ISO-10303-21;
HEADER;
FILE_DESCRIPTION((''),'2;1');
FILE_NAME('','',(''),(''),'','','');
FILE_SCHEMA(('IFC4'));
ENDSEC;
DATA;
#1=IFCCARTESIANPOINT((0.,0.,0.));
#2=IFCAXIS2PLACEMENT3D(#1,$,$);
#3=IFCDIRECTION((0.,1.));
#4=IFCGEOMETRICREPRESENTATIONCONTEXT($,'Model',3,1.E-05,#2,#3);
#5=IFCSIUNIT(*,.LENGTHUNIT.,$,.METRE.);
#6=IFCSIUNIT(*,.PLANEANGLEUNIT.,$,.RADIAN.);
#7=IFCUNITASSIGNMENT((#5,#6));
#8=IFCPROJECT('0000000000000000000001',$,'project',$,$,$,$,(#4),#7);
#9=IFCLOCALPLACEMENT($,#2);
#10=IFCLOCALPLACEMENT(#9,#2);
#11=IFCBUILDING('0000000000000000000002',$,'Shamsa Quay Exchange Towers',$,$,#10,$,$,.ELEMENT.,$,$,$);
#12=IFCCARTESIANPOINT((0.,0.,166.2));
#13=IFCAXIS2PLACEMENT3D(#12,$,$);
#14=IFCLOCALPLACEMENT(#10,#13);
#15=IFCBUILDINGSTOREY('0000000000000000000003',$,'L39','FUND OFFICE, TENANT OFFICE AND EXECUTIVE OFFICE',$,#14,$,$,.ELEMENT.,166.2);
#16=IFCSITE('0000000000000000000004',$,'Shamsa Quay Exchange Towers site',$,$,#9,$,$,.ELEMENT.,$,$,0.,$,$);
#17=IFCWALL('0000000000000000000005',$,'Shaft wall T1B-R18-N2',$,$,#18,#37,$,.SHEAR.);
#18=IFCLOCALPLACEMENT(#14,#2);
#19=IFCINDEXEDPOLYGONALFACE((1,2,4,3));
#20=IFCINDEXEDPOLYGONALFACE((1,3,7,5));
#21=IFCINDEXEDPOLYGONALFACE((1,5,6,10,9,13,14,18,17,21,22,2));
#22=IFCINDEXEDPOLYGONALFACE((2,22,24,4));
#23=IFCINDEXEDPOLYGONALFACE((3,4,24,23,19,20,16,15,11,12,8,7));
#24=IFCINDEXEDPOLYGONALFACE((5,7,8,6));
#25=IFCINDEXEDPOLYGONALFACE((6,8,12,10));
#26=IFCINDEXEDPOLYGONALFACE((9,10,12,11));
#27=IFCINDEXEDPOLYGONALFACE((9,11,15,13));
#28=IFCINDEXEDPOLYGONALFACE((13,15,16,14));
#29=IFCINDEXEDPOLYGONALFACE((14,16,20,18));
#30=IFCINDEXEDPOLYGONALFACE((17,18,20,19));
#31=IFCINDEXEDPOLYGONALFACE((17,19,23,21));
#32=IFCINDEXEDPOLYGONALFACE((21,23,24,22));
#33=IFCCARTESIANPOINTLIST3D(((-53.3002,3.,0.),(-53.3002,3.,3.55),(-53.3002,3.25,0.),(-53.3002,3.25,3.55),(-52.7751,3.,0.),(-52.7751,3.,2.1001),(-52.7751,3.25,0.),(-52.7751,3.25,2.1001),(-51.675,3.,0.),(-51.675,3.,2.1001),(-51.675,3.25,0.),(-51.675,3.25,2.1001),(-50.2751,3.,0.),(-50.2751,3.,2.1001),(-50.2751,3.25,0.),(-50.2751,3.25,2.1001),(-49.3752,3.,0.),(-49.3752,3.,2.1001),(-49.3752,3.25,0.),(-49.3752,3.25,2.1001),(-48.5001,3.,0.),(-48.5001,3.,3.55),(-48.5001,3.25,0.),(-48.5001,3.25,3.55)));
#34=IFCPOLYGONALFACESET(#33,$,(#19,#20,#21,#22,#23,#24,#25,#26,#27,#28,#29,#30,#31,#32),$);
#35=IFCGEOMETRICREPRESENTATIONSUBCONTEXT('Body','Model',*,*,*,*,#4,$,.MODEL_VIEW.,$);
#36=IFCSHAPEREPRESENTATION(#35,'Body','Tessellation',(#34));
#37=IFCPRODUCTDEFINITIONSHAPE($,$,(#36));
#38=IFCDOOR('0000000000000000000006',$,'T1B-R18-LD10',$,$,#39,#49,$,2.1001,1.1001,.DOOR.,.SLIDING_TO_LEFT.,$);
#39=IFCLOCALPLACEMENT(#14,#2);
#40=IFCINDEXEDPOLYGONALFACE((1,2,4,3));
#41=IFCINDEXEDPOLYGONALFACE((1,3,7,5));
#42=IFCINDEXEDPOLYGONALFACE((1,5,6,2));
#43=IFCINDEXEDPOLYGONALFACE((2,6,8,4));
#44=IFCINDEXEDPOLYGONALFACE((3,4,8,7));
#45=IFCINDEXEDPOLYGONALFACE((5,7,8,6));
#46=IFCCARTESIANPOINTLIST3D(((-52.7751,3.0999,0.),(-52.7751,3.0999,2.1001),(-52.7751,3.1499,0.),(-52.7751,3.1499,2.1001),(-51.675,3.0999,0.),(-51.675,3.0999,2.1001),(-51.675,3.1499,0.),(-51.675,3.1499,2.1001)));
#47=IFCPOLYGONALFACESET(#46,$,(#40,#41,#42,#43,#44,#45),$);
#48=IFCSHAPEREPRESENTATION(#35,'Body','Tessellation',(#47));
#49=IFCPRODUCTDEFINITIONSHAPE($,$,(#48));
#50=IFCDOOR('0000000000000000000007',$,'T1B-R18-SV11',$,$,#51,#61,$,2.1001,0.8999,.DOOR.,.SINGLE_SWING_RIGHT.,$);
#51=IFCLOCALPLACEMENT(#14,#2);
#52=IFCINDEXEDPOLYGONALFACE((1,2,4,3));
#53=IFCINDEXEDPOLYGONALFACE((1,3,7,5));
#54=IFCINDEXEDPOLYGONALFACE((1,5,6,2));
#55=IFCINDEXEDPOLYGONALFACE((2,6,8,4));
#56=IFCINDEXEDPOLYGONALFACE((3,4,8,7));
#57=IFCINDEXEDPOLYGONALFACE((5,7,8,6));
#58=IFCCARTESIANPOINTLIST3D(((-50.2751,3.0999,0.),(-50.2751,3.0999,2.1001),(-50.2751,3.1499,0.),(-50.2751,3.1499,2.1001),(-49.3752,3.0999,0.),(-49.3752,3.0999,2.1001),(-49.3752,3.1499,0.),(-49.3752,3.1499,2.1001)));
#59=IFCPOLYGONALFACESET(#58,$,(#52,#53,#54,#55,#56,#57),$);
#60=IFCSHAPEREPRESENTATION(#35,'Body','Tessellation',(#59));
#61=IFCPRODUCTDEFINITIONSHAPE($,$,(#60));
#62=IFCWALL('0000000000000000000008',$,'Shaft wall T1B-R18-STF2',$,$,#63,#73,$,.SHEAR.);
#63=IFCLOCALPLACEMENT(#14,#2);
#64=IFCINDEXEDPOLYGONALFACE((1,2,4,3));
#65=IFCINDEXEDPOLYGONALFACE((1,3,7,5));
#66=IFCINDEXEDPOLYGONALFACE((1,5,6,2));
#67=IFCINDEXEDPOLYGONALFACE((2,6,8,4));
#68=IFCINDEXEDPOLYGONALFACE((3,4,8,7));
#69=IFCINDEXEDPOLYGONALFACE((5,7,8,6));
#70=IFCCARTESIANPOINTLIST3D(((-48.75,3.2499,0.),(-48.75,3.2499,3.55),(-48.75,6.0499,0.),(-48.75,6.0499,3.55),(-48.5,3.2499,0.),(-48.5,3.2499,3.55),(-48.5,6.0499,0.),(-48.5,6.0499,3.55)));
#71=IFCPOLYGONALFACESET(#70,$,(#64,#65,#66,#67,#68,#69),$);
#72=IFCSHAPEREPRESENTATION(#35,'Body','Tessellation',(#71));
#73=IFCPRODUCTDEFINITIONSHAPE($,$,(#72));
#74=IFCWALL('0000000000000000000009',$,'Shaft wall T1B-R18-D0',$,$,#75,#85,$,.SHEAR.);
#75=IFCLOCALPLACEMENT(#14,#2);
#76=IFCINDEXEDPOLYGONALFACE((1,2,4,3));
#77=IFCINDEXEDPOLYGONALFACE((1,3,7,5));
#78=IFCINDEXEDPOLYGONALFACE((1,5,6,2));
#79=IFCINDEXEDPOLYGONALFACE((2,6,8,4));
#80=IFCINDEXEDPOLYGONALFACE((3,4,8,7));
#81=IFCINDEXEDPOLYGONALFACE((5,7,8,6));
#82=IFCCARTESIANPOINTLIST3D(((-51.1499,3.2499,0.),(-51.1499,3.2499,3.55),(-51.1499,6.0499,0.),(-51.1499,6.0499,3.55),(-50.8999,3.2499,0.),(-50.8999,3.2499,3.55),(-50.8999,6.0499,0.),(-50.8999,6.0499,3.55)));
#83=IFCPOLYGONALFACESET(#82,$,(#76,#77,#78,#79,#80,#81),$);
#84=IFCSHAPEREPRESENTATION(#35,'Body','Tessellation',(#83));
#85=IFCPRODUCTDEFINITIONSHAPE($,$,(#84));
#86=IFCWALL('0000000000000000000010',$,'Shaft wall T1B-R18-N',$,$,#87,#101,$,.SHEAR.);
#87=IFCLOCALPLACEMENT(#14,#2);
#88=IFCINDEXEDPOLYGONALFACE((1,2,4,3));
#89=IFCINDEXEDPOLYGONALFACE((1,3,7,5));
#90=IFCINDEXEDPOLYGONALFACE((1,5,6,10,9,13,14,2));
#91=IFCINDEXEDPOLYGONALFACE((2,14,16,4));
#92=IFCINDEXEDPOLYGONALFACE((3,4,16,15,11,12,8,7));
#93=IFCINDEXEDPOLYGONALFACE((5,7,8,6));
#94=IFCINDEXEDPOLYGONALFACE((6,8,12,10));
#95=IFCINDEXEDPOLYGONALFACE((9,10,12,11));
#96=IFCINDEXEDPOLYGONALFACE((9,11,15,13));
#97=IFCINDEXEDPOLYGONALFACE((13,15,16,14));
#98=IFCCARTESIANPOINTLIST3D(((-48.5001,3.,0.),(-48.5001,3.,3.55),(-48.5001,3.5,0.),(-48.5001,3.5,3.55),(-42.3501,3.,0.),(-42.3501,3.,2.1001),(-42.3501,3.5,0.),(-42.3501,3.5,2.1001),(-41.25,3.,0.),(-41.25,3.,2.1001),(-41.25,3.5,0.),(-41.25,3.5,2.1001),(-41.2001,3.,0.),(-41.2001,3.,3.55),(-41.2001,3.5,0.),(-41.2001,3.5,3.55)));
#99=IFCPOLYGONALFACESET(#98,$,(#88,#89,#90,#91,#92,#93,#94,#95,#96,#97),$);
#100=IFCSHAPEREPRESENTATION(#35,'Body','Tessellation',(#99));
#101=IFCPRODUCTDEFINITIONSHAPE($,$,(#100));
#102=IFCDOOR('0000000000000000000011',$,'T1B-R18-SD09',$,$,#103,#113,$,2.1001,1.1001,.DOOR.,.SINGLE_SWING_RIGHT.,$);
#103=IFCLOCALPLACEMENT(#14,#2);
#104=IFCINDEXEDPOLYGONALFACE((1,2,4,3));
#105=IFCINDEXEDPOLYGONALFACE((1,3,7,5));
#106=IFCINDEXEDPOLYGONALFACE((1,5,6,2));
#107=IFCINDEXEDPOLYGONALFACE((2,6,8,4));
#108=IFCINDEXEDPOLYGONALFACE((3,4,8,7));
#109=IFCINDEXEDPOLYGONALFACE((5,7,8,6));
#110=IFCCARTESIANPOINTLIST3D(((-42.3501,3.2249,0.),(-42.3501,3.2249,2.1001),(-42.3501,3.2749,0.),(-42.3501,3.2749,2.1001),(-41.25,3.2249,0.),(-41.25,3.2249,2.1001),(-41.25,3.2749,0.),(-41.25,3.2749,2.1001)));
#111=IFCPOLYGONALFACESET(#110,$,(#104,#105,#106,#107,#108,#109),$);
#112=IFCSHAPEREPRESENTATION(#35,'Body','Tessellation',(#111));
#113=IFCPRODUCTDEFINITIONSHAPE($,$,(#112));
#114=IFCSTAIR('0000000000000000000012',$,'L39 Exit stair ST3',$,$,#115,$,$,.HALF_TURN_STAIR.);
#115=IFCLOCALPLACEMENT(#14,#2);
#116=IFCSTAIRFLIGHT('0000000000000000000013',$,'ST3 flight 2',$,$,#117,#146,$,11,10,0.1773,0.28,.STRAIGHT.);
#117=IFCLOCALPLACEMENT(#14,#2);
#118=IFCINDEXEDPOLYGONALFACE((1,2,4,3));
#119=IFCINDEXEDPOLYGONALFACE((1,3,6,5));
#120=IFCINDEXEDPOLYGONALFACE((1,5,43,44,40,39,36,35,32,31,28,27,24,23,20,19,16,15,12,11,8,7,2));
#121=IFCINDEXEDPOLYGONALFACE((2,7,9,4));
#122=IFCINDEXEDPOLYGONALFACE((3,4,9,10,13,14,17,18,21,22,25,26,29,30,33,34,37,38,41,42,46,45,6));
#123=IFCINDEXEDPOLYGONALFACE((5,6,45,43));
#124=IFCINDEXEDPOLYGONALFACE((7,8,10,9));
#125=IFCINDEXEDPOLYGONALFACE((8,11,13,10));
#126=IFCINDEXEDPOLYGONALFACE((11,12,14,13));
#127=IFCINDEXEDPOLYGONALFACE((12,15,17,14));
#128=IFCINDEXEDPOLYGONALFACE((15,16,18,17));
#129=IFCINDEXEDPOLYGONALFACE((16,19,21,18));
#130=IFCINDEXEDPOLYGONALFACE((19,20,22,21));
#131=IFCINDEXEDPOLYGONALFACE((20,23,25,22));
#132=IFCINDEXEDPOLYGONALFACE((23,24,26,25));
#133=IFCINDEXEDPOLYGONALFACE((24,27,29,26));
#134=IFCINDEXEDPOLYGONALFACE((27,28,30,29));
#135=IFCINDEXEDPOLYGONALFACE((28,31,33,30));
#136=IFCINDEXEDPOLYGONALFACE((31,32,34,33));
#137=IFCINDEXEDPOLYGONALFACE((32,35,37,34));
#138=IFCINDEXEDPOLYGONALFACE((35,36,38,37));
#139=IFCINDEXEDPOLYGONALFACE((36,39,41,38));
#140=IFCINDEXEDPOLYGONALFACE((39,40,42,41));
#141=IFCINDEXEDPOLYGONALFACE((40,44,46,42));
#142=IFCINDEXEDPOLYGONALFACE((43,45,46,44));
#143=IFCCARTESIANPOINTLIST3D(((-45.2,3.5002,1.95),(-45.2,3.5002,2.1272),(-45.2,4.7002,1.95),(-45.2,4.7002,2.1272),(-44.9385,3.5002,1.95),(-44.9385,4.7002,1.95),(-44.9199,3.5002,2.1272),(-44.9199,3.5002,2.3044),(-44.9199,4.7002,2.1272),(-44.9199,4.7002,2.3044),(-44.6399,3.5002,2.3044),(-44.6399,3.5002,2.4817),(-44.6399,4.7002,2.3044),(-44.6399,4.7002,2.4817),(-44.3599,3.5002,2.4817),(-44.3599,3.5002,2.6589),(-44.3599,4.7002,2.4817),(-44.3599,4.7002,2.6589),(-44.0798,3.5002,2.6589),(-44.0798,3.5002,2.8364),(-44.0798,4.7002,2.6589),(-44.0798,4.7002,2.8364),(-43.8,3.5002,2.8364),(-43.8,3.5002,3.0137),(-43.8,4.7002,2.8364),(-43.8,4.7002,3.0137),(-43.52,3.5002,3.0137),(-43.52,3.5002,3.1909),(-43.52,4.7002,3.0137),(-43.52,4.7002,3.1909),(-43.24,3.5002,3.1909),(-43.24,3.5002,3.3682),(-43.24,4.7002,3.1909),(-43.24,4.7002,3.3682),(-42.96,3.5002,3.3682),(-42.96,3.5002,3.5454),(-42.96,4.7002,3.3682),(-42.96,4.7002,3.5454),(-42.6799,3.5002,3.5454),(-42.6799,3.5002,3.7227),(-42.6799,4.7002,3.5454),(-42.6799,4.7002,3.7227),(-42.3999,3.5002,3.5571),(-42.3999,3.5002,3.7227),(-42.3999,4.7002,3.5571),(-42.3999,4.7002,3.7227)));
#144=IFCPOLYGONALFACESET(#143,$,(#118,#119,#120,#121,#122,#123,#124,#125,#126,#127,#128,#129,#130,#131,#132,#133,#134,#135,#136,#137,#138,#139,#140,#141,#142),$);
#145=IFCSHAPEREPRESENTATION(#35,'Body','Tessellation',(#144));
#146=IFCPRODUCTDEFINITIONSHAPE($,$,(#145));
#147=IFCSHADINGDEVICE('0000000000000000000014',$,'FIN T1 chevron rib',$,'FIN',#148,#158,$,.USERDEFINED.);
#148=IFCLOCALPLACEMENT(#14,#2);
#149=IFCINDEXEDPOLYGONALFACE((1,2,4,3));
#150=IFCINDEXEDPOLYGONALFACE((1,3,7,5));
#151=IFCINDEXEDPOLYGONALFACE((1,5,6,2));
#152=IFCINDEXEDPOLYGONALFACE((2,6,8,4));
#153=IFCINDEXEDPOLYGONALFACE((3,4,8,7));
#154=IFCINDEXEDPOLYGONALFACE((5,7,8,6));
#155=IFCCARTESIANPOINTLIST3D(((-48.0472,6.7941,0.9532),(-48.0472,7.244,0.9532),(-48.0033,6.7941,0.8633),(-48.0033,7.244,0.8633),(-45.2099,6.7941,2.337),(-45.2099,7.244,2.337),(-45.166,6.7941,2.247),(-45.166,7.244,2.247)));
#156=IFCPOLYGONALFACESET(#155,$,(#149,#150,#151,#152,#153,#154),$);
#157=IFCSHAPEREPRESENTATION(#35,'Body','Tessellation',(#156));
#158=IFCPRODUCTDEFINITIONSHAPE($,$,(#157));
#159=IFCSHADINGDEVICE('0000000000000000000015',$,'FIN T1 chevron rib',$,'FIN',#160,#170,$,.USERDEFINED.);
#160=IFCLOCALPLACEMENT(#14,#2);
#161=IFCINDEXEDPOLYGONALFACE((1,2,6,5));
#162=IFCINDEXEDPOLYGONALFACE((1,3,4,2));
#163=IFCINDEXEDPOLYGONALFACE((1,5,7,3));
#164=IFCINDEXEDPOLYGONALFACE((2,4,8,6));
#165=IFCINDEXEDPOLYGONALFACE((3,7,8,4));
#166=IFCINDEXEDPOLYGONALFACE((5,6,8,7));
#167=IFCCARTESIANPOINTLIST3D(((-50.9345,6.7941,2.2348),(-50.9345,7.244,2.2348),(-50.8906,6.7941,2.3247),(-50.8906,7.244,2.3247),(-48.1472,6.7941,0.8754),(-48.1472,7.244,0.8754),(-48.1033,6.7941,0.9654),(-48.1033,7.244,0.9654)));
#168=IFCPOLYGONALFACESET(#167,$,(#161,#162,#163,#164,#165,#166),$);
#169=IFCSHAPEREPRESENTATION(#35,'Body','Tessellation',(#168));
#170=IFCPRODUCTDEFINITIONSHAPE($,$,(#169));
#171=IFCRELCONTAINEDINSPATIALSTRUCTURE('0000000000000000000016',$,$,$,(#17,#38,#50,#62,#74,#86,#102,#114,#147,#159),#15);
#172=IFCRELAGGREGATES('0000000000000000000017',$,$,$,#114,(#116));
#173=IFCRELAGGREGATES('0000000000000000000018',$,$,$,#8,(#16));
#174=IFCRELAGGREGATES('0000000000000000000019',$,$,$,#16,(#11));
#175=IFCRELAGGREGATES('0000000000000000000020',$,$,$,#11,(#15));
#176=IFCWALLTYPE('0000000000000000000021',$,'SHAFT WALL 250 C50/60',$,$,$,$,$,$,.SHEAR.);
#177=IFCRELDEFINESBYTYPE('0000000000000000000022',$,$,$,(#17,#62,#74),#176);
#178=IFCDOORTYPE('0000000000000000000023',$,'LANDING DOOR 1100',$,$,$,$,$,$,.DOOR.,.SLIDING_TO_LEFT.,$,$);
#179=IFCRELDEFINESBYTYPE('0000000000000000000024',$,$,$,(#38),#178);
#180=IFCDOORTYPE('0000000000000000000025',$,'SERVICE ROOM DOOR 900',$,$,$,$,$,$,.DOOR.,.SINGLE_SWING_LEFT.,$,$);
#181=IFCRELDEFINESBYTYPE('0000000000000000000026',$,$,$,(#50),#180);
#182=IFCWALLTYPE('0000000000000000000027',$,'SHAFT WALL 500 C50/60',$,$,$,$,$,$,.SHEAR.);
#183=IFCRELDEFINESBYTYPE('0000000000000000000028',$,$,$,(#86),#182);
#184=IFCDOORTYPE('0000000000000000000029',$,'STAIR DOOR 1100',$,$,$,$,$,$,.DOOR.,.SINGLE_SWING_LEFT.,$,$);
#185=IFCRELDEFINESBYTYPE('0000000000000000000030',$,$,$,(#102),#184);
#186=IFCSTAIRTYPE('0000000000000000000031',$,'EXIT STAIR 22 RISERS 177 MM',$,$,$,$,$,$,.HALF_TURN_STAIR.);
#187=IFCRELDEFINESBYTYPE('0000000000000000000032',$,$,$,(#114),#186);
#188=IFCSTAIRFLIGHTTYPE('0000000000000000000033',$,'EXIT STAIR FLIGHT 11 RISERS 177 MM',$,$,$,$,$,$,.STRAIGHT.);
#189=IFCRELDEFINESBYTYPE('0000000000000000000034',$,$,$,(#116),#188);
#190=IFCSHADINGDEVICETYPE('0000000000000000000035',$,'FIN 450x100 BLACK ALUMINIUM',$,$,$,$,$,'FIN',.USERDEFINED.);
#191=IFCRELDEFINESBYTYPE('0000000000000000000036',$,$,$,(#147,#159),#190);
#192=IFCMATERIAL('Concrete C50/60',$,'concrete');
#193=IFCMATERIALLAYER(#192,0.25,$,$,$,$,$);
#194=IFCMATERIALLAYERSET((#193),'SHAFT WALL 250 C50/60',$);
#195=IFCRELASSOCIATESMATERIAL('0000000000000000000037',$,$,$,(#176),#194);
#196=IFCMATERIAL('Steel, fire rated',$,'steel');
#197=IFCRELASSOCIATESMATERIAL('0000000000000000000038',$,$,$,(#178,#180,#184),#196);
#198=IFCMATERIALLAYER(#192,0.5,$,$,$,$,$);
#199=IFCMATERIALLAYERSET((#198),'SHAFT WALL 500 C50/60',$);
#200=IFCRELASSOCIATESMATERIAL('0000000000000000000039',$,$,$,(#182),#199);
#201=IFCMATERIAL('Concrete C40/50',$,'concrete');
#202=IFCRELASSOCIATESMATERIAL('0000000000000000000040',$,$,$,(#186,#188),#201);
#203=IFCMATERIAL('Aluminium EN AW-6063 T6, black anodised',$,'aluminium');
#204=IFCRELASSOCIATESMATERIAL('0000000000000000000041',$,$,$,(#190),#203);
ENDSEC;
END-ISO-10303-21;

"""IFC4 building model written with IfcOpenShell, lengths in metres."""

from ifc_helpers import new_model, si_unit, direction, frame, frame_2d, origin, origin_2d, place, context, subcontext, project, spatial, polyline, rectangle, outline, extrude, material, layer, layer_set, material_profile, profile_set, type_object, element, fill, aggregate, save


model = new_model("IFC4")

# Units and contexts
model_context = context("Model", 3, precision=1e-05, world=origin(), true_north=direction((0.0, 1.0)))
body_context = subcontext(model_context, "Body", "Model", "MODEL_VIEW")
ifc_project = project(units=[si_unit("LENGTHUNIT", "METRE"), si_unit("PLANEANGLEUNIT", "RADIAN")], contexts=[model_context])

# Site, building, storey
site_placement = place(None, origin())
site = spatial("IfcSite", under=ifc_project, at=site_placement, Name="Shamsa Quay Exchange Towers site", CompositionType="ELEMENT", RefElevation=0.0)
building_placement = place(site_placement, origin())
building = spatial("IfcBuilding", under=site, at=building_placement, Name="Shamsa Quay Exchange Towers", CompositionType="ELEMENT")
storey_placement = place(building_placement, frame((0.0, 0.0, 166.2)))
storey = spatial("IfcBuildingStorey", under=building, at=storey_placement, Name="L39", Description="FUND OFFICE, TENANT OFFICE AND EXECUTIVE OFFICE", CompositionType="ELEMENT", Elevation=166.2)

# Shared definitions
ifc_material_1 = material(Name="Aluminium EN AW-6063 T6, black anodised", Category="aluminium")

# Wall, openings, doors
ifc_material_2 = material(Name="Concrete C50/60", Category="concrete")
ifc_layer_1 = layer(ifc_material_2, 0.25)
ifc_layer_set_1 = layer_set([ifc_layer_1], Name="SHAFT WALL 250 C50/60")
wall_type_1 = type_object("IfcWallType", Name="SHAFT WALL 250 C50/60", PredefinedType="SHEAR", material=ifc_layer_set_1)
wall_1_placement = place(storey_placement, frame((-53.3, 3.125, 0.0)))
wall_1 = element("IfcWall", 1, at=wall_1_placement, inside=storey, type_object=wall_type_1, Name="Shaft wall T1B-R18-N2", PredefinedType="SHEAR", context=body_context, shape_type="SweptSolid", body=[
    extrude(rectangle(XDim=4.8, YDim=0.25, at=frame_2d((2.3999, 0.0))), origin(), (0.0, 0.0, 1.0), 3.55),
])
opening_1_placement = place(wall_1_placement, frame((0.5249, 0.0, 0.0)))
opening_1 = element("IfcOpeningElement", 2, at=opening_1_placement, cuts=wall_1, PredefinedType="OPENING", context=body_context, shape_type="SweptSolid", body=[
    extrude(rectangle(XDim=1.1001, YDim=2.1001, at=frame_2d((0.55, 1.05))), frame((0.0, 0.135, 0.0), z_axis=(0.0, -1.0, 0.0), x_axis=(1.0, 0.0, 0.0)), (0.0, 0.0, 1.0), 0.27),
])
opening_2_placement = place(wall_1_placement, frame((3.0249, 0.0, 0.0)))
opening_2 = element("IfcOpeningElement", 3, at=opening_2_placement, cuts=wall_1, PredefinedType="OPENING", context=body_context, shape_type="SweptSolid", body=[
    extrude(rectangle(XDim=0.8999, YDim=2.1001, at=frame_2d((0.45, 1.05))), frame((0.0, 0.135, 0.0), z_axis=(0.0, -1.0, 0.0), x_axis=(1.0, 0.0, 0.0)), (0.0, 0.0, 1.0), 0.27),
])
ifc_material_3 = material(Name="Steel, fire rated", Category="steel")
door_type_1 = type_object("IfcDoorType", Name="LANDING DOOR 1100", OperationType="SLIDING_TO_LEFT", PredefinedType="DOOR", material=ifc_material_3)
door_1_placement = place(opening_1_placement, origin())
door_1 = element("IfcDoor", 4, at=door_1_placement, inside=storey, type_object=door_type_1, Name="T1B-R18-LD10", OperationType="SLIDING_TO_LEFT", OverallHeight=2.1001, OverallWidth=1.1001, PredefinedType="DOOR", context=body_context, shape_type="SweptSolid", body=[
    extrude(rectangle(XDim=1.1001, YDim=2.1001, at=frame_2d((0.55, 1.05))), frame((0.0, 0.0249, 0.0), z_axis=(0.0, -1.0, 0.0), x_axis=(1.0, 0.0, 0.0)), (0.0, 0.0, 1.0), 0.05),
])
fill(opening_1, door_1)
door_type_2 = type_object("IfcDoorType", Name="SERVICE ROOM DOOR 900", OperationType="SINGLE_SWING_LEFT", PredefinedType="DOOR", material=ifc_material_3)
door_2_placement = place(opening_2_placement, origin())
door_2 = element("IfcDoor", 5, at=door_2_placement, inside=storey, type_object=door_type_2, Name="T1B-R18-SV11", OperationType="SINGLE_SWING_RIGHT", OverallHeight=2.1001, OverallWidth=0.8999, PredefinedType="DOOR", context=body_context, shape_type="SweptSolid", body=[
    extrude(rectangle(XDim=0.8999, YDim=2.1001, at=frame_2d((0.45, 1.05))), frame((0.0, 0.0249, 0.0), z_axis=(0.0, -1.0, 0.0), x_axis=(1.0, 0.0, 0.0)), (0.0, 0.0, 1.0), 0.05),
])
fill(opening_2, door_2)

# Walls
for number, where, z_axis, x_axis, name in (
    (6, (-48.625, 3.25, 0.0), (0.0, 0.0, 1.0), (0.0, 1.0, 0.0), "Shaft wall T1B-R18-STF2"),
    (7, (-51.0249, 3.25, 0.0), (0.0, 0.0, 1.0), (0.0, 1.0, 0.0), "Shaft wall T1B-R18-D0"),
):
    element("IfcWall", number, at=place(storey_placement, frame(where, z_axis=z_axis, x_axis=x_axis)), inside=storey, type_object=wall_type_1, Name=name, PredefinedType="SHEAR", context=body_context, shape_type="SweptSolid", body=[
        extrude(rectangle(XDim=2.8, YDim=0.25, at=frame_2d((1.3999, 0.0))), origin(), (0.0, 0.0, 1.0), 3.55),
    ])

# Wall, opening, door
ifc_layer_2 = layer(ifc_material_2, 0.5)
ifc_layer_set_2 = layer_set([ifc_layer_2], Name="SHAFT WALL 500 C50/60")
wall_type_2 = type_object("IfcWallType", Name="SHAFT WALL 500 C50/60", PredefinedType="SHEAR", material=ifc_layer_set_2)
wall_2_placement = place(storey_placement, frame((-48.5, 3.25, 0.0)))
wall_2 = element("IfcWall", 8, at=wall_2_placement, inside=storey, type_object=wall_type_2, Name="Shaft wall T1B-R18-N", PredefinedType="SHEAR", context=body_context, shape_type="SweptSolid", body=[
    extrude(rectangle(XDim=7.3, YDim=0.5, at=frame_2d((3.6499, 0.0))), origin(), (0.0, 0.0, 1.0), 3.55),
])
opening_3_placement = place(wall_2_placement, frame((6.1499, 0.0, 0.0)))
opening_3 = element("IfcOpeningElement", 9, at=opening_3_placement, cuts=wall_2, PredefinedType="OPENING", context=body_context, shape_type="SweptSolid", body=[
    extrude(rectangle(XDim=1.1001, YDim=2.1001, at=frame_2d((0.55, 1.05))), frame((0.0, 0.26, 0.0), z_axis=(0.0, -1.0, 0.0), x_axis=(1.0, 0.0, 0.0)), (0.0, 0.0, 1.0), 0.52),
])
door_type_3 = type_object("IfcDoorType", Name="STAIR DOOR 1100", OperationType="SINGLE_SWING_LEFT", PredefinedType="DOOR", material=ifc_material_3)
door_3_placement = place(opening_3_placement, origin())
door_3 = element("IfcDoor", 10, at=door_3_placement, inside=storey, type_object=door_type_3, Name="T1B-R18-SD09", OperationType="SINGLE_SWING_RIGHT", OverallHeight=2.1001, OverallWidth=1.1001, PredefinedType="DOOR", context=body_context, shape_type="SweptSolid", body=[
    extrude(rectangle(XDim=1.1001, YDim=2.1001, at=frame_2d((0.55, 1.05))), frame((0.0, 0.0249, 0.0), z_axis=(0.0, -1.0, 0.0), x_axis=(1.0, 0.0, 0.0)), (0.0, 0.0, 1.0), 0.05),
])
fill(opening_3, door_3)

# Stair, stair flight
ifc_material_4 = material(Name="Concrete C40/50", Category="concrete")
stair_type = type_object("IfcStairType", Name="EXIT STAIR 22 RISERS 177 MM", PredefinedType="HALF_TURN_STAIR", material=ifc_material_4)
stair_placement = place(storey_placement, origin())
stair = element("IfcStair", 11, at=stair_placement, inside=storey, type_object=stair_type, Name="L39 Exit stair ST3", PredefinedType="HALF_TURN_STAIR")
stair_flight_type = type_object("IfcStairFlightType", Name="EXIT STAIR FLIGHT 11 RISERS 177 MM", PredefinedType="STRAIGHT", material=ifc_material_4)
stair_flight_placement = place(storey_placement, frame((-45.2, 4.1001, 1.95)))
stair_flight = element("IfcStairFlight", 12, at=stair_flight_placement, type_object=stair_flight_type, Name="ST3 flight 2", NumberOfRisers=11, NumberOfTreads=10, PredefinedType="STRAIGHT", RiserHeight=0.1773, TreadLength=0.28, context=body_context, shape_type="SweptSolid", body=[
    extrude(outline(polyline([(0.0, 0.0), (0.0, 0.1772), (0.28, 0.1772), (0.28, 0.3545), (0.5601, 0.3545), (0.5601, 0.5317), (0.8401, 0.5317), (0.8401, 0.709), (1.1201, 0.709), (1.1201, 0.8865), (1.3999, 0.8865), (1.3999, 1.0637), (1.6799, 1.0637), (1.6799, 1.241), (1.96, 1.241), (1.96, 1.4182), (2.24, 1.4182), (2.24, 1.5955), (2.52, 1.5955), (2.52, 1.7727), (2.8, 1.7727), (2.8, 1.95), (2.8, 1.6072), (0.2615, 0.0), (0.0, 0.0)])), frame((0.0, 0.6001, 0.0), z_axis=(0.0, -1.0, 0.0), x_axis=(1.0, 0.0, 0.0)), (0.0, 0.0, 1.0), 1.2),
])
aggregate(stair, [stair_flight])

# Shading devices
ifc_material_profile_1 = material_profile(ifc_material_1, rectangle(XDim=0.45, YDim=0.1001, at=origin_2d()), Name="FIN450x100")
ifc_profile_set_1 = profile_set([ifc_material_profile_1], Name="Aluminium EN AW-6063 T6, black anodised")
shading_device_type = type_object("IfcShadingDeviceType", Name="FIN 450x100 BLACK ALUMINIUM", ElementType="FIN", PredefinedType="USERDEFINED", material=ifc_profile_set_1)
shading_device_1_placement = place(storey_placement, frame((-45.188, 7.019, 2.292), z_axis=(-0.898807, 0.0, -0.438344), x_axis=(0.0, -1.0, 0.0)))
element("IfcShadingDevice", 13, at=shading_device_1_placement, inside=storey, type_object=shading_device_type, Name="FIN T1 chevron rib", ObjectType="FIN", PredefinedType="USERDEFINED", context=body_context, shape_type="SweptSolid", body=[
    extrude(rectangle(XDim=0.45, YDim=0.1001, at=origin_2d()), origin(), (0.0, 0.0, 1.0), 3.1567),
])
shading_device_2_placement = place(storey_placement, frame((-48.1252, 7.019, 0.9204), z_axis=(-0.898808, 0.0, 0.438343), x_axis=(0.0, -1.0, 0.0)))
element("IfcShadingDevice", 14, at=shading_device_2_placement, inside=storey, type_object=shading_device_type, Name="FIN T1 chevron rib", ObjectType="FIN", PredefinedType="USERDEFINED", context=body_context, shape_type="SweptSolid", body=[
    extrude(rectangle(XDim=0.45, YDim=0.1001, at=origin_2d()), origin(), (0.0, 0.0, 1.0), 3.1011),
])

save(model, "model.ifc")
